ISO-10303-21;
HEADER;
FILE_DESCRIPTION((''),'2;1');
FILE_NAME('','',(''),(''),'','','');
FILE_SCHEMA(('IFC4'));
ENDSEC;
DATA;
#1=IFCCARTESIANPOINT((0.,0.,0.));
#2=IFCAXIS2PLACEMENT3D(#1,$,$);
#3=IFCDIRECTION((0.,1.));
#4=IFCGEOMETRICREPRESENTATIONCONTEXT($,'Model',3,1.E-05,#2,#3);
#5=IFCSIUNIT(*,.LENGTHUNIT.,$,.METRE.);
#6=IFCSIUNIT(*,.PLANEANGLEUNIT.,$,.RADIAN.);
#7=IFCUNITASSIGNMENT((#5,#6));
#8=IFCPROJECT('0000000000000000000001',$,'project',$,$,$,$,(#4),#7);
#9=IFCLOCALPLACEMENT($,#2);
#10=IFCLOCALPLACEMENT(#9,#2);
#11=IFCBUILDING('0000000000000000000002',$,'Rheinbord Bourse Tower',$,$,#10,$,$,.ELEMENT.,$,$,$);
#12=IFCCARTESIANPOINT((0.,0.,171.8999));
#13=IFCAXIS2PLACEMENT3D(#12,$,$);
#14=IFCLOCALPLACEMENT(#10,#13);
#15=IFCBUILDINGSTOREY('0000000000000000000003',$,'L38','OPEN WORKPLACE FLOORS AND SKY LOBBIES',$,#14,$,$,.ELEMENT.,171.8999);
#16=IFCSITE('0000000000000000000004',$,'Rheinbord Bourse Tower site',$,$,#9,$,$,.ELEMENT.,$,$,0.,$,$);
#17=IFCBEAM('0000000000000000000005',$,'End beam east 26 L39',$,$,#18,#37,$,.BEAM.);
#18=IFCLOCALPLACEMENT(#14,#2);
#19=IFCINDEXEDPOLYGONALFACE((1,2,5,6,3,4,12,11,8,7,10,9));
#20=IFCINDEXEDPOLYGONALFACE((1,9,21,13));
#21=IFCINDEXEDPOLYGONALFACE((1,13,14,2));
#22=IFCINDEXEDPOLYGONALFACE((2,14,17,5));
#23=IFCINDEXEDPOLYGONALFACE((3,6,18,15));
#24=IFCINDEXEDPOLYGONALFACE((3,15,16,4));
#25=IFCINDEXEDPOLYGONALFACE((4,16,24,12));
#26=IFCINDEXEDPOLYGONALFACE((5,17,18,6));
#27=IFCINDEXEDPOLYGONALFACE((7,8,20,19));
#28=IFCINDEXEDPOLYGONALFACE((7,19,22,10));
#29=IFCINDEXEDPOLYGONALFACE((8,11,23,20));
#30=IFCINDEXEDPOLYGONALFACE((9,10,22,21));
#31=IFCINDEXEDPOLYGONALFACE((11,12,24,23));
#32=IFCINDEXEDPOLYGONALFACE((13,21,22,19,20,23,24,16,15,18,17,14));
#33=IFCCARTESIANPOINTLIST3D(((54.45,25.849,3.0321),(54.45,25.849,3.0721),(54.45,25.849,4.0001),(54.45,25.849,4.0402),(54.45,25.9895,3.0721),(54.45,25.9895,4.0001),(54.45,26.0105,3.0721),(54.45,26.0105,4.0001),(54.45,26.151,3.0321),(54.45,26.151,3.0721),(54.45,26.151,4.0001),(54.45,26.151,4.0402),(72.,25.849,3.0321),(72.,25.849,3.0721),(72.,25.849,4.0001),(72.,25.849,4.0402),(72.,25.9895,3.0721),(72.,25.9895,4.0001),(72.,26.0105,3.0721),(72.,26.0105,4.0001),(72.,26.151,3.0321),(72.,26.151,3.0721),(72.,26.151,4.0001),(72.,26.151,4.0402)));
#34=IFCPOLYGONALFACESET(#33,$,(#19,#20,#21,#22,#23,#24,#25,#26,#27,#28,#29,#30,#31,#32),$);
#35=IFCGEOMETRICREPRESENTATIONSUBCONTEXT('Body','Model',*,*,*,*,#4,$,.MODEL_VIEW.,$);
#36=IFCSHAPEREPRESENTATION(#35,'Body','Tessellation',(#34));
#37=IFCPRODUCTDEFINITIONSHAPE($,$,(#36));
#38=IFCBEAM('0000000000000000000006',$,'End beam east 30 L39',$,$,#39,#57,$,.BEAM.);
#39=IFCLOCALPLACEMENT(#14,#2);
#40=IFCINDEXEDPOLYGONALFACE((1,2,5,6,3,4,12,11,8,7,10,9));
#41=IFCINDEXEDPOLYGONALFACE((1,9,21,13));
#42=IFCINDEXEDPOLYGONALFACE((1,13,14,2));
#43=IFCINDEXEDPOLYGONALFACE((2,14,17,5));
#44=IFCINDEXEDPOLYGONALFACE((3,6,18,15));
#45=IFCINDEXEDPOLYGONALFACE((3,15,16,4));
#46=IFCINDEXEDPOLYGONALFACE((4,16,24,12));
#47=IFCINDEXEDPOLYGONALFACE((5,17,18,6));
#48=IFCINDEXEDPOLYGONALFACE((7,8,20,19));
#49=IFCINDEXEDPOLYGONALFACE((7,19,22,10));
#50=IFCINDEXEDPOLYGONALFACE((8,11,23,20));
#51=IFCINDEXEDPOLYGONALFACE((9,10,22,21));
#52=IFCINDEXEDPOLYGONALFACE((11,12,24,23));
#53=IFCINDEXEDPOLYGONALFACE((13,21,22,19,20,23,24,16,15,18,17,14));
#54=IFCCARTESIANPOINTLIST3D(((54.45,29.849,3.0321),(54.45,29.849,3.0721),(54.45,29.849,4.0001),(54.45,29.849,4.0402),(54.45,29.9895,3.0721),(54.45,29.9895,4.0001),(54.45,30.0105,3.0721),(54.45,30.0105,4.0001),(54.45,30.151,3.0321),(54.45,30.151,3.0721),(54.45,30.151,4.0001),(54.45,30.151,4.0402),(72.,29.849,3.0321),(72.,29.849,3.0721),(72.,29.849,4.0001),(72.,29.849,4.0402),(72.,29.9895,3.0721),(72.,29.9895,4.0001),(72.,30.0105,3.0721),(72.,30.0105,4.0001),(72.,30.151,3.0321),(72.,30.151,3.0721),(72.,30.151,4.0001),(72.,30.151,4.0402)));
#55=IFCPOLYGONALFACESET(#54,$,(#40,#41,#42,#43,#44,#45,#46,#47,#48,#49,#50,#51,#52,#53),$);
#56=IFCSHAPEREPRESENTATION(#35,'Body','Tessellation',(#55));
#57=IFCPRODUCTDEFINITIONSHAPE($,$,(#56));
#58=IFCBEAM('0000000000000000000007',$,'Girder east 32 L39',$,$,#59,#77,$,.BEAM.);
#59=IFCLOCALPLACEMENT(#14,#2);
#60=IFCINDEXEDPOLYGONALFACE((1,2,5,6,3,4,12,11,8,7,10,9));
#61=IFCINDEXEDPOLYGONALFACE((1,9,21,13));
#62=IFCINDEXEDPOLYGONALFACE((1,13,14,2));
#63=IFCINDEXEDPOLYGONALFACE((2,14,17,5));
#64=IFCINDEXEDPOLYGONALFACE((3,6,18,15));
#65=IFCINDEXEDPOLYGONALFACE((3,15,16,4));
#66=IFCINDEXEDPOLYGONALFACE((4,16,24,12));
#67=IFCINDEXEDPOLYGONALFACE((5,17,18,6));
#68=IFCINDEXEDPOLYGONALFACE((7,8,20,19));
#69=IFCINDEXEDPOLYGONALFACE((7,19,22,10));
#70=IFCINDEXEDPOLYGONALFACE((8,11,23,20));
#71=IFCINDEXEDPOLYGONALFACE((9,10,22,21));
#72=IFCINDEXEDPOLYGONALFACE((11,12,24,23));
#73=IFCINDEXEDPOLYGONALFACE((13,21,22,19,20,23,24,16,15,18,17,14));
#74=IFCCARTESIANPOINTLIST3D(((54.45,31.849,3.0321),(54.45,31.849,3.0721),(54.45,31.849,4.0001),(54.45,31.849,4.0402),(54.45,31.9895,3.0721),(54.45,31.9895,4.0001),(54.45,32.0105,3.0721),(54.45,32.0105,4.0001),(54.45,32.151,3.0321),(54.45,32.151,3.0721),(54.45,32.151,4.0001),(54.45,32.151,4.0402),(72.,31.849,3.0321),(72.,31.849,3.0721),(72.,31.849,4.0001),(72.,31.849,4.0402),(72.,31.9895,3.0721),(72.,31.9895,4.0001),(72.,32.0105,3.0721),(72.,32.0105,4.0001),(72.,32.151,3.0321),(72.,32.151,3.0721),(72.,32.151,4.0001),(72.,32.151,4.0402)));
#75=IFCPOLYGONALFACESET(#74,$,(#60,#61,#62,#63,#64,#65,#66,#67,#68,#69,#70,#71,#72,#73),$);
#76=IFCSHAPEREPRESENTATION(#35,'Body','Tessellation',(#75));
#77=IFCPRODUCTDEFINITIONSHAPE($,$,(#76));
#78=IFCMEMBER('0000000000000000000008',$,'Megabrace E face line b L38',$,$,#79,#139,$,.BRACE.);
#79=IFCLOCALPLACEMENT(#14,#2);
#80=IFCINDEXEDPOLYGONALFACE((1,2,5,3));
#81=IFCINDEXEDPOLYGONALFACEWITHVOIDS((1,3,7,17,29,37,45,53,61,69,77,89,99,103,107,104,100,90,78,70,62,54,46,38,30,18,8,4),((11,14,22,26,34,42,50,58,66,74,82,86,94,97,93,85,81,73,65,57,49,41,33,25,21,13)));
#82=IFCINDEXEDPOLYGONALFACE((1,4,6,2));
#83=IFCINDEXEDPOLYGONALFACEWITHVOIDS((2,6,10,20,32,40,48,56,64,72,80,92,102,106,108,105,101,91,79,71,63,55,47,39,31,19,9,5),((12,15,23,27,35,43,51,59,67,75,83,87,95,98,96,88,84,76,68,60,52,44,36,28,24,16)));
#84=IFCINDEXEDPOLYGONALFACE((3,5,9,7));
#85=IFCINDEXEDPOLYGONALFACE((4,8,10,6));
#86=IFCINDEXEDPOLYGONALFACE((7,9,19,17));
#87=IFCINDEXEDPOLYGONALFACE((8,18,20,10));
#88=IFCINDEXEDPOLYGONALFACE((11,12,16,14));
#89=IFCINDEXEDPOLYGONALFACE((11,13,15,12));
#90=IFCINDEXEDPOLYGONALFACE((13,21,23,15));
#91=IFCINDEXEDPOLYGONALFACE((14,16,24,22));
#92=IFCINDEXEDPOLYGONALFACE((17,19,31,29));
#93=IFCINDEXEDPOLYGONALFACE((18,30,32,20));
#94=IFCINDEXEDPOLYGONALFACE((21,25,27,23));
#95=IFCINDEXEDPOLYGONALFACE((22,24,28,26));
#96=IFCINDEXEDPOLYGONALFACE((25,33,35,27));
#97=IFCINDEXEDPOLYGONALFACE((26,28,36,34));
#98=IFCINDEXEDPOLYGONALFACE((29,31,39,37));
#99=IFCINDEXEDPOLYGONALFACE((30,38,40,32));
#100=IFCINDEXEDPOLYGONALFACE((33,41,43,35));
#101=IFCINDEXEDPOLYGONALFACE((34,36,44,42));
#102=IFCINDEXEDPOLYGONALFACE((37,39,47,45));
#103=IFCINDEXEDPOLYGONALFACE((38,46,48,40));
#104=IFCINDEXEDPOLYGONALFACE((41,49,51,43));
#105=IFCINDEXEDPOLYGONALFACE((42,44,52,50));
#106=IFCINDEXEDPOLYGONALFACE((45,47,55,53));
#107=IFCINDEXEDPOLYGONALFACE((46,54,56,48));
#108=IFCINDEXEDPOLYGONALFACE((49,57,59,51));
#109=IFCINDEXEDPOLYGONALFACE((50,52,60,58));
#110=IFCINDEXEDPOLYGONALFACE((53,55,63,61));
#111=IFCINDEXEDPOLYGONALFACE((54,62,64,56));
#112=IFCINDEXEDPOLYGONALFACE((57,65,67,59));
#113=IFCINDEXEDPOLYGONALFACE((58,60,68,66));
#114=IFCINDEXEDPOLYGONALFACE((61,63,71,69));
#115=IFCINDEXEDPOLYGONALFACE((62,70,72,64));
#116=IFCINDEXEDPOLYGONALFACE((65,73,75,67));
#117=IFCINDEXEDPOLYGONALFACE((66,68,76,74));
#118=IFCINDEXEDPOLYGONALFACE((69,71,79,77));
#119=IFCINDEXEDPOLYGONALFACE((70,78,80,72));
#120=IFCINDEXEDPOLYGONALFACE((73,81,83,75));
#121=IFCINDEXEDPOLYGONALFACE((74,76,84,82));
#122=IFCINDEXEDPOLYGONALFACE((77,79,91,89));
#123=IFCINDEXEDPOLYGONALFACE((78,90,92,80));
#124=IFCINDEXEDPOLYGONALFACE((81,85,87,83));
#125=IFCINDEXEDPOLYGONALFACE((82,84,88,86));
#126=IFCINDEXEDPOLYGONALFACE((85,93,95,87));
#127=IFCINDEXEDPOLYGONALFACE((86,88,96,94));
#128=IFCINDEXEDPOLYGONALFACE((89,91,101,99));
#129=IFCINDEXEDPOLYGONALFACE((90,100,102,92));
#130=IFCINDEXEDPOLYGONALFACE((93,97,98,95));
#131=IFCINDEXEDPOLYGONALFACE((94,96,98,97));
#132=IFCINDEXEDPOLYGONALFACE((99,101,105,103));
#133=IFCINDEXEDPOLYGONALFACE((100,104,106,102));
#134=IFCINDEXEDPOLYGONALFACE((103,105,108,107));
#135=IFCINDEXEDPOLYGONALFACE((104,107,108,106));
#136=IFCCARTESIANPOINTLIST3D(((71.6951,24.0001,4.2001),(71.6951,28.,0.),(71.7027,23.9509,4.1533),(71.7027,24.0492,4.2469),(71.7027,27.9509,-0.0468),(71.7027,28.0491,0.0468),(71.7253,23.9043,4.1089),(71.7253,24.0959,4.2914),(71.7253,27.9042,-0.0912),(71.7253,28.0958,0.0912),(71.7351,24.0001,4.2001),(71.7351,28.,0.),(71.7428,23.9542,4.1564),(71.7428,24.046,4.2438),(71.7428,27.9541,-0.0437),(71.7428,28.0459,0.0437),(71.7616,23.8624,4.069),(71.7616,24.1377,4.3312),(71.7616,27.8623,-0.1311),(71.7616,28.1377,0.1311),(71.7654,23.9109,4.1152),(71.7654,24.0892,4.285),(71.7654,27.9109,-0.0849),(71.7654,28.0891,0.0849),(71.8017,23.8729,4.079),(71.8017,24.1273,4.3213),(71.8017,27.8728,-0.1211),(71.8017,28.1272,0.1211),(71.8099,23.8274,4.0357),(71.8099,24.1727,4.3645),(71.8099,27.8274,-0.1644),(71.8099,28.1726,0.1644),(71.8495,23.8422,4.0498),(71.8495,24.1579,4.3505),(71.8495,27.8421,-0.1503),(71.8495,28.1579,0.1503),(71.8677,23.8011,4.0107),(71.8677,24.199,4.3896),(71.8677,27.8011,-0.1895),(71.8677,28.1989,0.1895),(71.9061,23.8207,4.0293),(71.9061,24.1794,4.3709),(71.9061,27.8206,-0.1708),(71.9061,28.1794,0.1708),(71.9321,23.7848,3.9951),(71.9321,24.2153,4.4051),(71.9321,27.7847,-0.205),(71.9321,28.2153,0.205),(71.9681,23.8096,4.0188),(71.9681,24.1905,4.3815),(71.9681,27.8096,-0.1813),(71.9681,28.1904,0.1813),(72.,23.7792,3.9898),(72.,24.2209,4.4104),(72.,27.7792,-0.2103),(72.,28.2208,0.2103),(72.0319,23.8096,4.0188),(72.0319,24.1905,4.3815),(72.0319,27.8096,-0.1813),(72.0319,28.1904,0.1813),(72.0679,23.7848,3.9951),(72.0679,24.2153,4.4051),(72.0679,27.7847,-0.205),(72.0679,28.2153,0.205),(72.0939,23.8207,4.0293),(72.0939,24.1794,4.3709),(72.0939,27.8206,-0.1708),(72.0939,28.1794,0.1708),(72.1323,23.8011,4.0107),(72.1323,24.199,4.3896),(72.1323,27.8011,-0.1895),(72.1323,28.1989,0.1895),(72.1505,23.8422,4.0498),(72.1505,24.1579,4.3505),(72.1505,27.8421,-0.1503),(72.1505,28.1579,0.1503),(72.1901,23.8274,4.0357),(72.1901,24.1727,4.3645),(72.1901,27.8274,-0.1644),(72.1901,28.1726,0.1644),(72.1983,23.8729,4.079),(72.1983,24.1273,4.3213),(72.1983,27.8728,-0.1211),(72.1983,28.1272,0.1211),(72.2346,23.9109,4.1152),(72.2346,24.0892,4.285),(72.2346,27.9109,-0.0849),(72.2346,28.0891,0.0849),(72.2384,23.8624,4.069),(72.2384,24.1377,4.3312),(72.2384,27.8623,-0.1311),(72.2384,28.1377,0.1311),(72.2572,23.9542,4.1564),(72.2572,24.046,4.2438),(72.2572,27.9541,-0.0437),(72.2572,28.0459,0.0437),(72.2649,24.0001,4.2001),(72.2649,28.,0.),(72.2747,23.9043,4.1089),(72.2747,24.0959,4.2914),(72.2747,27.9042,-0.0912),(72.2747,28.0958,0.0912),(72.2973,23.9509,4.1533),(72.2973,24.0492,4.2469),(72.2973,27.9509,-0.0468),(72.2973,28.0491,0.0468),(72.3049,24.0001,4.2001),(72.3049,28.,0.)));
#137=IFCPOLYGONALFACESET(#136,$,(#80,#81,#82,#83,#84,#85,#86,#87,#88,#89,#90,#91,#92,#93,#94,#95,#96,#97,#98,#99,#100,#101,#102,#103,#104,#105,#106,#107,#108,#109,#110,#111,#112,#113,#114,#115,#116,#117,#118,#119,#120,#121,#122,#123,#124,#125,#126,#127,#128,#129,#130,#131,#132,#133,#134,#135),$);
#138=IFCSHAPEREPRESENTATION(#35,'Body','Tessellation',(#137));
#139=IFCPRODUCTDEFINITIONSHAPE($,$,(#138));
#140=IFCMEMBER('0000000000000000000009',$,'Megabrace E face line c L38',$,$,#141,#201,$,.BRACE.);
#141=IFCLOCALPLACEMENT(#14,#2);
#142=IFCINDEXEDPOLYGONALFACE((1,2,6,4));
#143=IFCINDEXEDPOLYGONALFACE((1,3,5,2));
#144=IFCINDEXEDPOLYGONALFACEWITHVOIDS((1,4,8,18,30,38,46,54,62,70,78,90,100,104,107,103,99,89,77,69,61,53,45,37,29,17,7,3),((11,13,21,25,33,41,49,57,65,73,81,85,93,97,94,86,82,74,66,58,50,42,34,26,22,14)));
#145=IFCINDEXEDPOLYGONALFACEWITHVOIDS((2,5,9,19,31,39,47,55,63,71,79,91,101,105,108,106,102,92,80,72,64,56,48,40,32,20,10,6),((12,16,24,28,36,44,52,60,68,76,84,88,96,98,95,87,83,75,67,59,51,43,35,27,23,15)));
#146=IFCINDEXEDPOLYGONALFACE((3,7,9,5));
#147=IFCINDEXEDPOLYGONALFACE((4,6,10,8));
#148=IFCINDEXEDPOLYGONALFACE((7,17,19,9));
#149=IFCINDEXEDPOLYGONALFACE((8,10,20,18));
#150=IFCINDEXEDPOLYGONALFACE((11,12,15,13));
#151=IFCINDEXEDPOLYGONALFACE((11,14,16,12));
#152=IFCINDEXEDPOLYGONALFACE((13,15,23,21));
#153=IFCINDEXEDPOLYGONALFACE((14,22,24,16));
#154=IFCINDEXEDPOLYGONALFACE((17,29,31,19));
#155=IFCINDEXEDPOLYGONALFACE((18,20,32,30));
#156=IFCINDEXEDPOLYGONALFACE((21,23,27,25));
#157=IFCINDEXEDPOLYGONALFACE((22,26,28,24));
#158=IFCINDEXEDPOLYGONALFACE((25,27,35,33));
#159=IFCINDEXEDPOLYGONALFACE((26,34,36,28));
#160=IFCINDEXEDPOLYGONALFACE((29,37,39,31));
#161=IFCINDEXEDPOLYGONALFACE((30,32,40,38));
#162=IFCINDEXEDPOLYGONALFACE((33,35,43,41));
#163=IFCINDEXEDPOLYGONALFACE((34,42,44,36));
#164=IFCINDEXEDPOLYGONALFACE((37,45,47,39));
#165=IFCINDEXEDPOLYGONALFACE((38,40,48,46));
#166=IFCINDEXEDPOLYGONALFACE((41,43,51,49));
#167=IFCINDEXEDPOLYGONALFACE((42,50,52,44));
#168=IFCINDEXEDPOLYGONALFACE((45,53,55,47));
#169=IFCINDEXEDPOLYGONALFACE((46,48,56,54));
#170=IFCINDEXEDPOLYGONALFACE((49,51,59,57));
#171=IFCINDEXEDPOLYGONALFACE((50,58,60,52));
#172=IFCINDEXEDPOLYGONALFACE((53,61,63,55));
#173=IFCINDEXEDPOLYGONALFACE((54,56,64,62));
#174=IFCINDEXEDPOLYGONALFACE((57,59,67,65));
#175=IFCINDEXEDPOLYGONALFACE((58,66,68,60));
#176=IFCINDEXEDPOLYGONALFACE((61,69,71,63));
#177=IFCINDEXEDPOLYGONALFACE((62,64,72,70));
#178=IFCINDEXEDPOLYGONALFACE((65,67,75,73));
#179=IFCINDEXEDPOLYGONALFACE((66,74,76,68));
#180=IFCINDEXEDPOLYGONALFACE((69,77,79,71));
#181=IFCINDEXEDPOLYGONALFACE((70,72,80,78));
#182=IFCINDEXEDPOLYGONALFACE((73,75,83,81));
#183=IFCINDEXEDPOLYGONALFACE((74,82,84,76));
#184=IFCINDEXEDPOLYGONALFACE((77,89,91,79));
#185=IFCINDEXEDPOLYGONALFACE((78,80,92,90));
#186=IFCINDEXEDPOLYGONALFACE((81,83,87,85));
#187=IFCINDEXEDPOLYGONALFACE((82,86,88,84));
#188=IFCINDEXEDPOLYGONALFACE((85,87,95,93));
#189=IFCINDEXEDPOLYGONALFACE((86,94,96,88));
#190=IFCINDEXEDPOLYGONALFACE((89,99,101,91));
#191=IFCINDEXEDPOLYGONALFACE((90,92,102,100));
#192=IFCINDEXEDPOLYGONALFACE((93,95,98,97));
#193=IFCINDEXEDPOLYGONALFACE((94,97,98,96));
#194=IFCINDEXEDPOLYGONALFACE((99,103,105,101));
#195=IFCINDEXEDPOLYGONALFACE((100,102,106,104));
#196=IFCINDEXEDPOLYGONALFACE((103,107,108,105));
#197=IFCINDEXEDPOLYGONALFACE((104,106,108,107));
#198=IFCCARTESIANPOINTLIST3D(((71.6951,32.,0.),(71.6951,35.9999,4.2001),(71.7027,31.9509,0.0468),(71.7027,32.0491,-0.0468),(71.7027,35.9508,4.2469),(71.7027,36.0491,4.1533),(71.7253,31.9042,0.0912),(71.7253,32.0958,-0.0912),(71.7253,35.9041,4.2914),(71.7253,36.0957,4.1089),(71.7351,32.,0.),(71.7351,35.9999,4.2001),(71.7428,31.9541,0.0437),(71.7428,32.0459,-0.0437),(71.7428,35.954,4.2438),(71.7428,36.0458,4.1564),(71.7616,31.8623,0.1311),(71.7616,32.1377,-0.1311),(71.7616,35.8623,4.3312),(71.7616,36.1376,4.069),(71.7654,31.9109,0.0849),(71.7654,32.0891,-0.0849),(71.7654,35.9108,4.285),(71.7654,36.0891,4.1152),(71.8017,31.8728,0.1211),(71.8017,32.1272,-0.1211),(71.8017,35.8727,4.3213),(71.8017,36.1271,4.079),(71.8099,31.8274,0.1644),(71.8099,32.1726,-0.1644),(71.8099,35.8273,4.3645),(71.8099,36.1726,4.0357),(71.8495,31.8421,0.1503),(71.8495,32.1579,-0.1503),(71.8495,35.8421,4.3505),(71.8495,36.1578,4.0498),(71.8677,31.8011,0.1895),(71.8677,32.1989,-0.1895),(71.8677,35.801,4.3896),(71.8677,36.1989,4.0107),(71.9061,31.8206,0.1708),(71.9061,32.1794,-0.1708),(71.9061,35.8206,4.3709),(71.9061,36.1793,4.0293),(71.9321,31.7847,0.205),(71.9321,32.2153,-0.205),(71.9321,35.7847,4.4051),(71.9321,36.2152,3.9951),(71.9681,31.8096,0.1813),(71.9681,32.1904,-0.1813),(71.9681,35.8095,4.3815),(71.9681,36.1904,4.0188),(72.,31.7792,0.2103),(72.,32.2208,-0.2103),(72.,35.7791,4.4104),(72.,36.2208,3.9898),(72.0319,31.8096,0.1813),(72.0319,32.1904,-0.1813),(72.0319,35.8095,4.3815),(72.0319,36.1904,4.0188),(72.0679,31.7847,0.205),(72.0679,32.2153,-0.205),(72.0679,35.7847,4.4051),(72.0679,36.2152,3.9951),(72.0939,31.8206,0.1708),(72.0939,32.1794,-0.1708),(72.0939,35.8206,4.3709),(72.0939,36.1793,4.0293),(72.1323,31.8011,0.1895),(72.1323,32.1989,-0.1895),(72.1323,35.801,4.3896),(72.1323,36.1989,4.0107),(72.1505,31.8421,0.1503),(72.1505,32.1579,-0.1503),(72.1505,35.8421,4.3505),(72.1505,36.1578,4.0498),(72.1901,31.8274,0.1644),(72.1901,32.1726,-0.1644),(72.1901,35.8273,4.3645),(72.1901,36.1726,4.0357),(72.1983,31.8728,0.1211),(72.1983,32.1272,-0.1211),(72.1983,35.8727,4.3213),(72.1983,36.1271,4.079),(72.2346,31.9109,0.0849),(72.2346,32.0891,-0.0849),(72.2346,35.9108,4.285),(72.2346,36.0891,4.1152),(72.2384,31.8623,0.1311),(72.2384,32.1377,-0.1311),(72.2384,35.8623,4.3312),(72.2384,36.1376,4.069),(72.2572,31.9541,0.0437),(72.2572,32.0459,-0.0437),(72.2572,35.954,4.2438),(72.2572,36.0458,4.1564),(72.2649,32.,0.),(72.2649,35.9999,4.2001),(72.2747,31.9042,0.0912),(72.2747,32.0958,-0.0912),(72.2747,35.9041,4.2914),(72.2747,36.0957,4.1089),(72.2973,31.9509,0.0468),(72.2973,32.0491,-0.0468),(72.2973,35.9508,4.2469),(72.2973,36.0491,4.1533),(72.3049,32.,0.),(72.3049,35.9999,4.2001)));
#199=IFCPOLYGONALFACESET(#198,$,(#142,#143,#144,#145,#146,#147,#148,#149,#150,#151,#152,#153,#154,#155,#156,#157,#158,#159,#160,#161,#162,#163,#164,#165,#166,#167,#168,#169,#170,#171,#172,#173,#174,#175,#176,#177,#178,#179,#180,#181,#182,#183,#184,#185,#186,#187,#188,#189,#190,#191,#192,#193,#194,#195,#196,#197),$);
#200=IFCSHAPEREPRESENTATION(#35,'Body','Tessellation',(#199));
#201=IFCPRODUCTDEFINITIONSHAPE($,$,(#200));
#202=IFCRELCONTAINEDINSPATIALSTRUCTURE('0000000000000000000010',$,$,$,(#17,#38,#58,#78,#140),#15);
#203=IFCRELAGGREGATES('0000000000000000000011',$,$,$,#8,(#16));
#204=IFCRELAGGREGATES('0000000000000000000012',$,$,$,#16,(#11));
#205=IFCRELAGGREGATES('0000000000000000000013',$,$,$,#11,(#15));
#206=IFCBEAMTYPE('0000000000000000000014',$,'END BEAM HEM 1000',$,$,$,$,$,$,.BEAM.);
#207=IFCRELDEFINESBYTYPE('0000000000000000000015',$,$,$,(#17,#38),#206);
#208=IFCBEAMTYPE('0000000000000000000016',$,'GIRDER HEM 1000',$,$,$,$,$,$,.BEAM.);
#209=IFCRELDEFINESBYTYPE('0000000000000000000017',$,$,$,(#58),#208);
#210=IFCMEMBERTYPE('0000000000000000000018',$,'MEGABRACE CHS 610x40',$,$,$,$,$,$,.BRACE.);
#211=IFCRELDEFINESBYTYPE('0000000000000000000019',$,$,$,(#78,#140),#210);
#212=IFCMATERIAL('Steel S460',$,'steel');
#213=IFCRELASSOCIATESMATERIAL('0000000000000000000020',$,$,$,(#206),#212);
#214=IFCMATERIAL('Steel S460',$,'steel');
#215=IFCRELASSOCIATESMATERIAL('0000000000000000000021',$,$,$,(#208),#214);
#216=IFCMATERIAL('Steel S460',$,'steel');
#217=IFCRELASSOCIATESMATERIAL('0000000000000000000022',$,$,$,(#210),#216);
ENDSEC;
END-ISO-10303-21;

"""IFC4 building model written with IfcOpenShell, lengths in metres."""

from ifc_helpers import new_model, si_unit, direction, frame, origin, origin_2d, place, context, subcontext, project, spatial, hollow_circle, i_section, extrude, material, material_profile, profile_set, type_object, element, save


model = new_model("IFC4")

# Units and contexts
model_context = context("Model", 3, precision=1e-05, world=origin(), true_north=direction((0.0, 1.0)))
body_context = subcontext(model_context, "Body", "Model", "MODEL_VIEW")
ifc_project = project(units=[si_unit("LENGTHUNIT", "METRE"), si_unit("PLANEANGLEUNIT", "RADIAN")], contexts=[model_context])

# Site, building, storey
site_placement = place(None, origin())
site = spatial("IfcSite", under=ifc_project, at=site_placement, Name="Rheinbord Bourse Tower site", CompositionType="ELEMENT", RefElevation=0.0)
building_placement = place(site_placement, origin())
building = spatial("IfcBuilding", under=site, at=building_placement, Name="Rheinbord Bourse Tower", CompositionType="ELEMENT")
storey_placement = place(building_placement, frame((0.0, 0.0, 171.8999)))
storey = spatial("IfcBuildingStorey", under=building, at=storey_placement, Name="L38", Description="OPEN WORKPLACE FLOORS AND SKY LOBBIES", CompositionType="ELEMENT", Elevation=171.8999)

# Beams
ifc_material_1 = material(Name="Steel S460", Category="steel")
ifc_material_profile_1 = material_profile(ifc_material_1, i_section(OverallWidth=0.302, OverallDepth=1.0081, WebThickness=0.021, FlangeThickness=0.04, at=origin_2d()), Name="HEM 1000")
ifc_profile_set_1 = profile_set([ifc_material_profile_1], Name="Steel S460")
beam_type_1 = type_object("IfcBeamType", Name="END BEAM HEM 1000", PredefinedType="BEAM", material=ifc_profile_set_1)
for number, where, z_axis, x_axis, name in (
    (1, (54.45, 26.0, 3.5361), (1.0, 0.0, 0.0), (0.0, 1.0, 0.0), "End beam east 26 L39"),
    (2, (54.45, 30.0, 3.5361), (1.0, 0.0, 0.0), (0.0, 1.0, 0.0), "End beam east 30 L39"),
):
    element("IfcBeam", number, at=place(storey_placement, frame(where, z_axis=z_axis, x_axis=x_axis)), inside=storey, type_object=beam_type_1, Name=name, PredefinedType="BEAM", context=body_context, shape_type="SweptSolid", body=[
        extrude(i_section(OverallWidth=0.302, OverallDepth=1.0081, WebThickness=0.021, FlangeThickness=0.04, at=origin_2d()), origin(), (0.0, 0.0, 1.0), 17.55),
    ])
ifc_material_2 = material(Name="Steel S460", Category="steel")
ifc_material_profile_2 = material_profile(ifc_material_2, i_section(OverallWidth=0.302, OverallDepth=1.0081, WebThickness=0.021, FlangeThickness=0.04, at=origin_2d()), Name="HEM 1000")
ifc_profile_set_2 = profile_set([ifc_material_profile_2], Name="Steel S460")
beam_type_2 = type_object("IfcBeamType", Name="GIRDER HEM 1000", PredefinedType="BEAM", material=ifc_profile_set_2)
beam_1_placement = place(storey_placement, frame((54.45, 32.0, 3.5361), z_axis=(1.0, 0.0, 0.0), x_axis=(0.0, 1.0, 0.0)))
element("IfcBeam", 3, at=beam_1_placement, inside=storey, type_object=beam_type_2, Name="Girder east 32 L39", PredefinedType="BEAM", context=body_context, shape_type="SweptSolid", body=[
    extrude(i_section(OverallWidth=0.302, OverallDepth=1.0081, WebThickness=0.021, FlangeThickness=0.04, at=origin_2d()), origin(), (0.0, 0.0, 1.0), 17.55),
])

# Members
ifc_material_3 = material(Name="Steel S460", Category="steel")
ifc_material_profile_3 = material_profile(ifc_material_3, hollow_circle(Radius=0.3049, WallThickness=0.04, at=origin_2d()), Name="CHS 610x40")
ifc_profile_set_3 = profile_set([ifc_material_profile_3], Name="Steel S460")
member_type_1 = type_object("IfcMemberType", Name="MEGABRACE CHS 610x40", PredefinedType="BRACE", material=ifc_profile_set_3)
for number, where, z_axis, x_axis, name in (
    (4, (72.0, 28.0, 0.0), (0.0, -0.689638, 0.724154), (1.0, 0.0, 0.0), "Megabrace E face line b L38"),
    (5, (72.0, 32.0, 0.0), (0.0, 0.689638, 0.724154), (-1.0, 0.0, 0.0), "Megabrace E face line c L38"),
):
    element("IfcMember", number, at=place(storey_placement, frame(where, z_axis=z_axis, x_axis=x_axis)), inside=storey, type_object=member_type_1, Name=name, PredefinedType="BRACE", context=body_context, shape_type="SweptSolid", body=[
        extrude(hollow_circle(Radius=0.3049, WallThickness=0.04, at=origin_2d()), origin(), (0.0, 0.0, 1.0), 5.8),
    ])

save(model, "model.ifc")
